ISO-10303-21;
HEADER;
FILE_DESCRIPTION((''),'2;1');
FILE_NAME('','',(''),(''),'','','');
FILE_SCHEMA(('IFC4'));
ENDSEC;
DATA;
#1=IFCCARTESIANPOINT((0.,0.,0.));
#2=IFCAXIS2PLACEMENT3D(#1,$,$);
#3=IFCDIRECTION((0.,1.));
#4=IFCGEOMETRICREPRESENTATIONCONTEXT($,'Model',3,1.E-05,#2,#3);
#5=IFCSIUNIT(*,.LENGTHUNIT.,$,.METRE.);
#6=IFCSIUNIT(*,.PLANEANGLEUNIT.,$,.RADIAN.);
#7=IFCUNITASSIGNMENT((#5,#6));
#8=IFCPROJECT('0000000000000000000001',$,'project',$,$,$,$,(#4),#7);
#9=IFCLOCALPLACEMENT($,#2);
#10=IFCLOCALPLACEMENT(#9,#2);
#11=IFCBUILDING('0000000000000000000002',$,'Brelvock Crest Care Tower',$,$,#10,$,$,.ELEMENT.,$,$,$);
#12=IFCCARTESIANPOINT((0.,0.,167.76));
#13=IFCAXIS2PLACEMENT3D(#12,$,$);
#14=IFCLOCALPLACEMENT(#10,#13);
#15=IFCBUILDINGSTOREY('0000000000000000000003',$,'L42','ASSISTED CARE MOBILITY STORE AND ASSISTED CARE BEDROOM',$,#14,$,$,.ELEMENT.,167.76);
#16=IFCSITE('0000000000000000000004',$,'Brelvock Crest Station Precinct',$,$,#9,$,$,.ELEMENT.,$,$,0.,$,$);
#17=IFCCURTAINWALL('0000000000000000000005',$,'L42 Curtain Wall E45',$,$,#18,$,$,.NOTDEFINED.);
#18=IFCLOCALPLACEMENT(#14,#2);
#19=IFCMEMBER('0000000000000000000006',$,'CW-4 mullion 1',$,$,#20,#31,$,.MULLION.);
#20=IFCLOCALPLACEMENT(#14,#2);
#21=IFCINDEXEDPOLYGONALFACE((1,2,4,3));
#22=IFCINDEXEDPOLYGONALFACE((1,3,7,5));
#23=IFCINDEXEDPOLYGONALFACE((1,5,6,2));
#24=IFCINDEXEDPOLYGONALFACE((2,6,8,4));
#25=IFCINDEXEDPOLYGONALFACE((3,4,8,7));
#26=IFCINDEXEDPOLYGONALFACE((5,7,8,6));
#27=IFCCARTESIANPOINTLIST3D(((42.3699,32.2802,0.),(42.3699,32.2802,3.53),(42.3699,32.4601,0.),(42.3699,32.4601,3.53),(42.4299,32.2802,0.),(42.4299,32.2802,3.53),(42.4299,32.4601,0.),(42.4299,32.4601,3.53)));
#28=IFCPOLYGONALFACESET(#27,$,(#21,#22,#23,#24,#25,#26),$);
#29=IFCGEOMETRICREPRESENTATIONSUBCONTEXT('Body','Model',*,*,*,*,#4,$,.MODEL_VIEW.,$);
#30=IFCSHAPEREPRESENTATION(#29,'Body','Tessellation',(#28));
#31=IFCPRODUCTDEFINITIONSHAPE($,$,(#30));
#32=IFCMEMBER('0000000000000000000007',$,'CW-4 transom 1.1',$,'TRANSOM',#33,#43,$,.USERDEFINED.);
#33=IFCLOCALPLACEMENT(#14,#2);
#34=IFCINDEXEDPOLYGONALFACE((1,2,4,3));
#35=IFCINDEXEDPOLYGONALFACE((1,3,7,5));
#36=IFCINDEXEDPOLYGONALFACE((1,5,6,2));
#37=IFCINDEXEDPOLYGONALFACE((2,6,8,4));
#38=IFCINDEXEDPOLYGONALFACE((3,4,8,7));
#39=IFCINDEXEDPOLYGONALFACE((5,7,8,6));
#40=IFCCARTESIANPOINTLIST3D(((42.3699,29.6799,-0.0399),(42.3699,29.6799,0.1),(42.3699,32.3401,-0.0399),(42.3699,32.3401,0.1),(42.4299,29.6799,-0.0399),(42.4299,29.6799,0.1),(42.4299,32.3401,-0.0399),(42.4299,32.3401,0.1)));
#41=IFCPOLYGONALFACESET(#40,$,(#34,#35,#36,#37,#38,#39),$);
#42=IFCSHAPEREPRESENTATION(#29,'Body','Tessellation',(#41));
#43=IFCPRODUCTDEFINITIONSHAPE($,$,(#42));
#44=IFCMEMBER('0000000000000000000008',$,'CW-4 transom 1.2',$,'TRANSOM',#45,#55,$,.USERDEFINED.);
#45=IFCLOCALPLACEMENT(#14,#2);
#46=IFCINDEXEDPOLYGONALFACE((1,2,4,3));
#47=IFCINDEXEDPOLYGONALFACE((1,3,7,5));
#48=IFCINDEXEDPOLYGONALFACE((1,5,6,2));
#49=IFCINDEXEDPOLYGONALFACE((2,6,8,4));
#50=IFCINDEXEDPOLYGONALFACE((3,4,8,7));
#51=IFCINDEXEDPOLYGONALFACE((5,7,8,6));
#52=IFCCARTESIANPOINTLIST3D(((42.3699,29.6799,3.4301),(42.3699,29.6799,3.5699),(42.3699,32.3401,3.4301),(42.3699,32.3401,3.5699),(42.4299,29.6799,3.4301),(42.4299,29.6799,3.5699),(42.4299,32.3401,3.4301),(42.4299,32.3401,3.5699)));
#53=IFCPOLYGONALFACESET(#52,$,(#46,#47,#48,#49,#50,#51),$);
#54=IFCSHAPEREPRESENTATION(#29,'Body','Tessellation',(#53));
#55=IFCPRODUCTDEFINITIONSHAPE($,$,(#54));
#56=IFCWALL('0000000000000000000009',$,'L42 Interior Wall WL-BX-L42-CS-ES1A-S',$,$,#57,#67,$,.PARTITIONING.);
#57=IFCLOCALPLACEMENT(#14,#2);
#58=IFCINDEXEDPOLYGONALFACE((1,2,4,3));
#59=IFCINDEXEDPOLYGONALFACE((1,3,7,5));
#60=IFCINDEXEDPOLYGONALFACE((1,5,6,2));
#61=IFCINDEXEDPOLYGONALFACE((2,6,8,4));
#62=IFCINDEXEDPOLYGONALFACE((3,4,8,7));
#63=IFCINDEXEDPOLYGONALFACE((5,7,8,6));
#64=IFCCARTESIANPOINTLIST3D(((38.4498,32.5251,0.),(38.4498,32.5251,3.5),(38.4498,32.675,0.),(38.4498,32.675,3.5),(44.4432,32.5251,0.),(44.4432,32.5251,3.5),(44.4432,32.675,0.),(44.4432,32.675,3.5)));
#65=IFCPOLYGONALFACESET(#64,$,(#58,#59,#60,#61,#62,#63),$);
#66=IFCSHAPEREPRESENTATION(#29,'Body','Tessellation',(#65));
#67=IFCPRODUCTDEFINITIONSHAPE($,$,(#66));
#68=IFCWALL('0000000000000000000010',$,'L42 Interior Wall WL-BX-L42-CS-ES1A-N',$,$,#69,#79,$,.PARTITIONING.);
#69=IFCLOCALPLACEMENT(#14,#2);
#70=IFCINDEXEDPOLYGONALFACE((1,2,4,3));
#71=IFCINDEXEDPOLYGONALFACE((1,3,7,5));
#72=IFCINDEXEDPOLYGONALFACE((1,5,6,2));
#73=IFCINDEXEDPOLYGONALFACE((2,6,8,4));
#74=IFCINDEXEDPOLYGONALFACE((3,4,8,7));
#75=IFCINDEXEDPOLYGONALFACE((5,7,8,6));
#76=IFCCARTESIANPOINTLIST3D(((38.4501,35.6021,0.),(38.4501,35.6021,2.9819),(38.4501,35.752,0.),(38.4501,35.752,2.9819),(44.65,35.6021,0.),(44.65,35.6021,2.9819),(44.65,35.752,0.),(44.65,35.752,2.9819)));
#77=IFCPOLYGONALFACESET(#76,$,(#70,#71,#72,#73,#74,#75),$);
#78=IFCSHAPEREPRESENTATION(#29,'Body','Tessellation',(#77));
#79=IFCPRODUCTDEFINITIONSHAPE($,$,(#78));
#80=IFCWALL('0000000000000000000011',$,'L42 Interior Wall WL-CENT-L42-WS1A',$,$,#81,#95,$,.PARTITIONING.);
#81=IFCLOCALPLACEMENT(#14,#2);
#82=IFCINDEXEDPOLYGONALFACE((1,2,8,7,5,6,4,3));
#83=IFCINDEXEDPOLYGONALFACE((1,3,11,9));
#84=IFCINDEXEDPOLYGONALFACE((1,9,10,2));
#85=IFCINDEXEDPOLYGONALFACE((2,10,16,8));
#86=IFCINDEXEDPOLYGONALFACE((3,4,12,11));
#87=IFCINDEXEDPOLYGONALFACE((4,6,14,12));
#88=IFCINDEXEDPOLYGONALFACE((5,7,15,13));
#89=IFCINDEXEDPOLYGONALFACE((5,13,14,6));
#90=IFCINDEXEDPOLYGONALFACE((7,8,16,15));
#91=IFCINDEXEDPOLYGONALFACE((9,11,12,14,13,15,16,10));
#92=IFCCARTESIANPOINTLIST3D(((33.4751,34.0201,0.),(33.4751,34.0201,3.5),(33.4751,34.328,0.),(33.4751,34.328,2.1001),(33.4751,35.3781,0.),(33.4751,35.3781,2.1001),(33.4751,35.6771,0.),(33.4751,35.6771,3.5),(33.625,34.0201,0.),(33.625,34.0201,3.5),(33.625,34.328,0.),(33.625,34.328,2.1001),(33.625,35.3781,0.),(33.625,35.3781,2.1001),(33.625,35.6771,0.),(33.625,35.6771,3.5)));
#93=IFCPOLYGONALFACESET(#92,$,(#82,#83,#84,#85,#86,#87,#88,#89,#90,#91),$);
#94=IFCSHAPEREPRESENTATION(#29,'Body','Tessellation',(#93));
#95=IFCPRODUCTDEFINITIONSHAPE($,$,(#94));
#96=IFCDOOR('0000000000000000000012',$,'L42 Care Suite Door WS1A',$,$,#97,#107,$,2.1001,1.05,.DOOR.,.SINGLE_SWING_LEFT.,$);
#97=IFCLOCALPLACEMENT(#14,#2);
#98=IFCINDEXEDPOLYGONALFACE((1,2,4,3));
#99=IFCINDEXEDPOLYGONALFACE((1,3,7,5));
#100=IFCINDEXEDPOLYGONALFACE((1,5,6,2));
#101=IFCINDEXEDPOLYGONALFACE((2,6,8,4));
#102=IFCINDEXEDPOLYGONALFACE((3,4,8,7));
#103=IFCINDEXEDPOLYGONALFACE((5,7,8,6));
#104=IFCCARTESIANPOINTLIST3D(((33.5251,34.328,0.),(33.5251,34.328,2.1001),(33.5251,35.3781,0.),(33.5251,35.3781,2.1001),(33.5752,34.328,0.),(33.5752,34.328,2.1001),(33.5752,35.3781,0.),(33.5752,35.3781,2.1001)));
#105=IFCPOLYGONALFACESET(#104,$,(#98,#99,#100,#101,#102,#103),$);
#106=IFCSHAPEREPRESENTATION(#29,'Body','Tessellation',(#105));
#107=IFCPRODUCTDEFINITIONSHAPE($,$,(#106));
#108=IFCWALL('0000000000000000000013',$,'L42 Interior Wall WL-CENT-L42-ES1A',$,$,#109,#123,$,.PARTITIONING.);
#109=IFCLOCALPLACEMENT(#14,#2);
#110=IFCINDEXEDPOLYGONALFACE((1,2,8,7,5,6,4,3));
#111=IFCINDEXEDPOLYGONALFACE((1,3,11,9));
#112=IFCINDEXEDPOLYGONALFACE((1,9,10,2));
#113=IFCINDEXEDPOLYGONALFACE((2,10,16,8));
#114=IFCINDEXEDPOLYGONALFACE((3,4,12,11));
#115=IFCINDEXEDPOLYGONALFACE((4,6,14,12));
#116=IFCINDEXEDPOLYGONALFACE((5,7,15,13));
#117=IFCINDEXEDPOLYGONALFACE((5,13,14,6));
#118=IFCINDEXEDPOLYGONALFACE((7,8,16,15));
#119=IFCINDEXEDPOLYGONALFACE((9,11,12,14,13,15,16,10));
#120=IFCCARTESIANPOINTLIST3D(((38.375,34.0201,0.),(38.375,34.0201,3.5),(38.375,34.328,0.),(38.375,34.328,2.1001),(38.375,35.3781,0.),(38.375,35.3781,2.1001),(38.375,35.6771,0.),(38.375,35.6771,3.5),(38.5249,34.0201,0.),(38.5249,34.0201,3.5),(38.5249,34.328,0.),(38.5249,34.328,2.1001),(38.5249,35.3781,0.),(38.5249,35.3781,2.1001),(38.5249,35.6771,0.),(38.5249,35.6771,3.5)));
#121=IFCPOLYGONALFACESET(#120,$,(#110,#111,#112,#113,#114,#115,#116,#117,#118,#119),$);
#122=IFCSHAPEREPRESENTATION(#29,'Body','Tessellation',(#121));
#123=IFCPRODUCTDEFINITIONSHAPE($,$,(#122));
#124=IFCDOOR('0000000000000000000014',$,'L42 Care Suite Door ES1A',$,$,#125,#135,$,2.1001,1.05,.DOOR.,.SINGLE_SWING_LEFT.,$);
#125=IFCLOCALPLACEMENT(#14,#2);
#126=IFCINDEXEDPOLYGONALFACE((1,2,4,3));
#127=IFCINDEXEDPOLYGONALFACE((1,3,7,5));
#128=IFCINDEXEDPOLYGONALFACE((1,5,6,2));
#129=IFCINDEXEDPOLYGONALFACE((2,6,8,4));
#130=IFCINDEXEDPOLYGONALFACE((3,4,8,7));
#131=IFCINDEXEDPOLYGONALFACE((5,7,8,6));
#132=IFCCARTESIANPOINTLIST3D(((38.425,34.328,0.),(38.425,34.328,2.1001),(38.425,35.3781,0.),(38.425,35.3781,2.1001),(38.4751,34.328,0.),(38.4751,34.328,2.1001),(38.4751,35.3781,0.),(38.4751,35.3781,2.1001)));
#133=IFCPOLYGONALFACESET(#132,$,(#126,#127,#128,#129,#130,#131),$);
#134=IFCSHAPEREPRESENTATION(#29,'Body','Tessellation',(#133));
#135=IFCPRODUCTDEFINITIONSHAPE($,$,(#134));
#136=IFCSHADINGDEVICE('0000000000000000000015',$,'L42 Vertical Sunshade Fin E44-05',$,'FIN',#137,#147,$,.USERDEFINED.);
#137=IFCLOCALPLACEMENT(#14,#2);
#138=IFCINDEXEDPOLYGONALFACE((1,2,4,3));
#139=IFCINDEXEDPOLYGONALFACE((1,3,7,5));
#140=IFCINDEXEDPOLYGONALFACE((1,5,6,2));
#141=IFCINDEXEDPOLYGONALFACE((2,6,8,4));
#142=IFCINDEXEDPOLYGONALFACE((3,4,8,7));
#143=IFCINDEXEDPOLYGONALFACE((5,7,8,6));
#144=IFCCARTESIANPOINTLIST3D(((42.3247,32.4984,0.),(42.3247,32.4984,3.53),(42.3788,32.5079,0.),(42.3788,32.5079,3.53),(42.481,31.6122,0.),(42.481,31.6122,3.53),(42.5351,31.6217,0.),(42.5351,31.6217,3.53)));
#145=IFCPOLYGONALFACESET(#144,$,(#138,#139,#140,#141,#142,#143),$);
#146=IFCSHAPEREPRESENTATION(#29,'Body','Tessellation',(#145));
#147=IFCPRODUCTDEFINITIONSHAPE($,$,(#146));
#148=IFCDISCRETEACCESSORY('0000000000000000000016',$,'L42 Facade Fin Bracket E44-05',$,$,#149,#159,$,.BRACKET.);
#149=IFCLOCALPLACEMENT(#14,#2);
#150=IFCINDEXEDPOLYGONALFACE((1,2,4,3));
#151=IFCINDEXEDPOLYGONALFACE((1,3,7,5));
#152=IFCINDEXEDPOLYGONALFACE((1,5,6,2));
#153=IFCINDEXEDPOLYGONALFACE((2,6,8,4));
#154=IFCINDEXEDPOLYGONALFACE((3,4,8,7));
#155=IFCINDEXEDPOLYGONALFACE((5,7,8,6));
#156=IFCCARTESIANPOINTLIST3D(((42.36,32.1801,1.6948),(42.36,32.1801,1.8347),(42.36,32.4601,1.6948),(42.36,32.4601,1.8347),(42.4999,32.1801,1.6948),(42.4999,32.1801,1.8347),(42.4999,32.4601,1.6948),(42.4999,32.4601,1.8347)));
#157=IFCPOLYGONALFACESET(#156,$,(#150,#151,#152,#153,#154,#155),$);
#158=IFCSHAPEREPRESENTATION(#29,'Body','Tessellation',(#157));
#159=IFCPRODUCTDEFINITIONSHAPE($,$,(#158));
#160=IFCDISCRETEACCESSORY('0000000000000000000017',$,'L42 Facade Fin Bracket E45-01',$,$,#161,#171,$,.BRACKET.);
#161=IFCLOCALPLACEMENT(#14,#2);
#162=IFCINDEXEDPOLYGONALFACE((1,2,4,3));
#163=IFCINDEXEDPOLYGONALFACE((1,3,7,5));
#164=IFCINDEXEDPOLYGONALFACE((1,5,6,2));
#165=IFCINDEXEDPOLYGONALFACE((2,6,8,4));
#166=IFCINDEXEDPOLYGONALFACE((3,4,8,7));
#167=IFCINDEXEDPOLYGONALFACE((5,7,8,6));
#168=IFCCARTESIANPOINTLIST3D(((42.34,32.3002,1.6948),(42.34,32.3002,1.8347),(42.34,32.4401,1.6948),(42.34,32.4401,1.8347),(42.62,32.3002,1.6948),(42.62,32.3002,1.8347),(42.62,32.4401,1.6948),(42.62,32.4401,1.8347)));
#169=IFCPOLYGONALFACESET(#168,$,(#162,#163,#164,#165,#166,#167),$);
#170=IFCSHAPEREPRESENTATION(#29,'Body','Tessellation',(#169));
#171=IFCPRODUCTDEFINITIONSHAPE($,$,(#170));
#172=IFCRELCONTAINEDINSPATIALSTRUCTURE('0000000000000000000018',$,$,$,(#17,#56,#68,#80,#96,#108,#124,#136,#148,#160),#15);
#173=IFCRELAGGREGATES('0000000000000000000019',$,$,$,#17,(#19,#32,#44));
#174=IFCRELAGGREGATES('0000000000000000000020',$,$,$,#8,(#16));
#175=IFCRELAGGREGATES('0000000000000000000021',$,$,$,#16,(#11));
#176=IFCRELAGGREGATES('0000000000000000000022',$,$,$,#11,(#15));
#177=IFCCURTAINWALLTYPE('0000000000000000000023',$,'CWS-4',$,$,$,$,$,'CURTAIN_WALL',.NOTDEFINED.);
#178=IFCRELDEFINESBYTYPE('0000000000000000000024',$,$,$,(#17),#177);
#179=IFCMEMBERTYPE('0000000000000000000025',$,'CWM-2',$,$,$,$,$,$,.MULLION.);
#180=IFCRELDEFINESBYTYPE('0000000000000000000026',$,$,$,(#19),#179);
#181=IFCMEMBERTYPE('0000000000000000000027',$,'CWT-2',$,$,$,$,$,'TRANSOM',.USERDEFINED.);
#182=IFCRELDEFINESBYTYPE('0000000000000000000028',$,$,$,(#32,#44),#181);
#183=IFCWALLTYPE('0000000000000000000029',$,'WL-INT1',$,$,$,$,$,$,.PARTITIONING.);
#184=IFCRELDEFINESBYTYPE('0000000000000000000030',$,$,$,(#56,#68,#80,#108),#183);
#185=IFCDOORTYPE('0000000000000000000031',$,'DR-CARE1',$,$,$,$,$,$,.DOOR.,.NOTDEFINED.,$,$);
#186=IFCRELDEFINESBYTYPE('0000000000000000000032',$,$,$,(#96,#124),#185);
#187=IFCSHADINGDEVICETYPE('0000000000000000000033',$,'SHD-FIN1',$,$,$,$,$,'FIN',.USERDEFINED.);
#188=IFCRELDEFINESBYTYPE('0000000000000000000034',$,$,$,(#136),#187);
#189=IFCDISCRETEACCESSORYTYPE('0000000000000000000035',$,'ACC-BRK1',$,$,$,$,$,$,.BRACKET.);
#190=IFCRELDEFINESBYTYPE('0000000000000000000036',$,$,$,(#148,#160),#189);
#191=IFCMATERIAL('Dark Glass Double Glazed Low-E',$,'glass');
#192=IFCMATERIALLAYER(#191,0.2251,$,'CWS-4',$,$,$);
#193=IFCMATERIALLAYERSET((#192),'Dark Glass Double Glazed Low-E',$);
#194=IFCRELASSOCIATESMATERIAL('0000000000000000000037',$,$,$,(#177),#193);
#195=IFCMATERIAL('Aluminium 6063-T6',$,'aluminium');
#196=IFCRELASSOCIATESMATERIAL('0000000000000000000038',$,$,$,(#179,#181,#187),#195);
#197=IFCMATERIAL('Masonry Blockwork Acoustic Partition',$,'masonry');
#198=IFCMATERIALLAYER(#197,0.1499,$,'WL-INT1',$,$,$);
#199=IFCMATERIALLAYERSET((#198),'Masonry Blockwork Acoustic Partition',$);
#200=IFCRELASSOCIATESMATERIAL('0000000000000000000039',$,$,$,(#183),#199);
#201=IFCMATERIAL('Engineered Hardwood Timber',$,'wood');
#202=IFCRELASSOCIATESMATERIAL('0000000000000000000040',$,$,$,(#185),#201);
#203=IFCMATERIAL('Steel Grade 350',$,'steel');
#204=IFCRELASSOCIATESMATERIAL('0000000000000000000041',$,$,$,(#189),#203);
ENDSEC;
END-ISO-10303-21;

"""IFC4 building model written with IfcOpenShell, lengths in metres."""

from ifc_helpers import new_model, si_unit, direction, frame, frame_2d, origin, origin_2d, place, context, subcontext, project, spatial, rectangle, extrude, source, transform, mapped, material, layer, layer_set, material_profile, profile_set, type_object, element, fill, aggregate, save


model = new_model("IFC4")

# Units and contexts
model_context = context("Model", 3, precision=1e-05, world=origin(), true_north=direction((0.0, 1.0)))
body_context = subcontext(model_context, "Body", "Model", "MODEL_VIEW")
ifc_project = project(units=[si_unit("LENGTHUNIT", "METRE"), si_unit("PLANEANGLEUNIT", "RADIAN")], contexts=[model_context])

# Site, building, storey
site_placement = place(None, origin())
site = spatial("IfcSite", under=ifc_project, at=site_placement, Name="Brelvock Crest Station Precinct", CompositionType="ELEMENT", RefElevation=0.0)
building_placement = place(site_placement, origin())
building = spatial("IfcBuilding", under=site, at=building_placement, Name="Brelvock Crest Care Tower", CompositionType="ELEMENT")
storey_placement = place(building_placement, frame((0.0, 0.0, 167.76)))
storey = spatial("IfcBuildingStorey", under=building, at=storey_placement, Name="L42", Description="ASSISTED CARE MOBILITY STORE AND ASSISTED CARE BEDROOM", CompositionType="ELEMENT", Elevation=167.76)

# Shared definitions
ifc_material_1 = material(Name="Steel Grade 350", Category="steel")

# Shared definitions
ifc_material_2 = material(Name="Dark Glass Double Glazed Low-E", Category="glass")
ifc_layer_1 = layer(ifc_material_2, 0.2251, Name="CWS-4")
ifc_layer_set_1 = layer_set([ifc_layer_1], Name="Dark Glass Double Glazed Low-E")
curtain_wall_type = type_object("IfcCurtainWallType", Name="CWS-4", ElementType="CURTAIN_WALL", PredefinedType="NOTDEFINED", material=ifc_layer_set_1)
ifc_material_3 = material(Name="Aluminium 6063-T6", Category="aluminium")
ifc_material_profile_1 = material_profile(ifc_material_3, rectangle(XDim=0.0601, YDim=0.1799, at=origin_2d()), Name="ALU60x180")
ifc_profile_set_1 = profile_set([ifc_material_profile_1], Name="Aluminium 6063-T6")
member_type_1 = type_object("IfcMemberType", Name="CWM-2", PredefinedType="MULLION", material=ifc_profile_set_1)
shared_shape_1 = source(origin(), body_context, "Body", "SweptSolid", [
    extrude(rectangle(XDim=0.0601, YDim=0.1799, at=origin_2d()), origin(), (0.0, 0.0, 1.0), 3.53),
])

# Curtain wall, members
curtain_wall_1_placement = place(storey_placement, origin())
curtain_wall_1 = element("IfcCurtainWall", 1, at=curtain_wall_1_placement, inside=storey, type_object=curtain_wall_type, Name="L42 Curtain Wall E45", PredefinedType="NOTDEFINED")
member_1_placement = place(storey_placement, frame((42.3999, 32.3701, 0.0), z_axis=(0.0, 0.0, 1.0), x_axis=(1.0, 0.0, 0.0)))
member_1 = element("IfcMember", 2, at=member_1_placement, type_object=member_type_1, Name="CW-4 mullion 1", PredefinedType="MULLION", context=body_context, shape_type="MappedRepresentation", body=[
    mapped(shared_shape_1, transform((0.0, 0.0, 0.0), x_axis=(1.0, 0.0, 0.0), y_axis=(0.0, 1.0, 0.0), z_axis=(0.0, 0.0, 1.0), scale=1.0)),
])
ifc_material_profile_2 = material_profile(ifc_material_3, rectangle(XDim=0.0601, YDim=0.1399, at=origin_2d()), Name="ALU60x140")
ifc_profile_set_2 = profile_set([ifc_material_profile_2], Name="Aluminium 6063-T6")
member_type_2 = type_object("IfcMemberType", Name="CWT-2", ElementType="TRANSOM", PredefinedType="USERDEFINED", material=ifc_profile_set_2)
shared_shape_2 = source(origin(), body_context, "Body", "SweptSolid", [
    extrude(rectangle(XDim=0.0601, YDim=0.1399, at=origin_2d()), origin(), (0.0, 0.0, 1.0), 2.6602),
])
member_2_placement = place(storey_placement, frame((42.3999, 32.3401, 0.03), z_axis=(0.0, -1.0, 0.0), x_axis=(1.0, 0.0, 0.0)))
member_2 = element("IfcMember", 3, at=member_2_placement, type_object=member_type_2, Name="CW-4 transom 1.1", ObjectType="TRANSOM", PredefinedType="USERDEFINED", context=body_context, shape_type="MappedRepresentation", body=[
    mapped(shared_shape_2, transform((0.0, 0.0, 0.0), x_axis=(1.0, 0.0, 0.0), y_axis=(0.0, 1.0, 0.0), z_axis=(0.0, 0.0, 1.0), scale=1.0)),
])
member_3_placement = place(storey_placement, frame((42.3999, 32.3401, 3.5), z_axis=(0.0, -1.0, 0.0), x_axis=(1.0, 0.0, 0.0)))
member_3 = element("IfcMember", 4, at=member_3_placement, type_object=member_type_2, Name="CW-4 transom 1.2", ObjectType="TRANSOM", PredefinedType="USERDEFINED", context=body_context, shape_type="MappedRepresentation", body=[
    mapped(shared_shape_2, transform((0.0, 0.0, 0.0), x_axis=(1.0, 0.0, 0.0), y_axis=(0.0, 1.0, 0.0), z_axis=(0.0, 0.0, 1.0), scale=1.0)),
])
aggregate(curtain_wall_1, [member_1, member_2, member_3])

# Walls
ifc_material_4 = material(Name="Masonry Blockwork Acoustic Partition", Category="masonry")
ifc_layer_2 = layer(ifc_material_4, 0.1499, Name="WL-INT1")
ifc_layer_set_2 = layer_set([ifc_layer_2], Name="Masonry Blockwork Acoustic Partition")
wall_type = type_object("IfcWallType", Name="WL-INT1", PredefinedType="PARTITIONING", material=ifc_layer_set_2)
wall_1_placement = place(storey_placement, frame((38.45, 32.6001, 0.0), z_axis=(0.0, 0.0, 1.0), x_axis=(1.0, 0.0, 0.0)))
element("IfcWall", 5, at=wall_1_placement, inside=storey, type_object=wall_type, Name="L42 Interior Wall WL-BX-L42-CS-ES1A-S", PredefinedType="PARTITIONING", context=body_context, shape_type="SweptSolid", body=[
    extrude(rectangle(XDim=5.9934, YDim=0.1499, at=frame_2d((2.9966, 0.0))), origin(), (0.0, 0.0, 1.0), 3.5),
])
wall_2_placement = place(storey_placement, frame((38.45, 35.677, 0.0), z_axis=(0.0, 0.0, 1.0), x_axis=(1.0, 0.0, 0.0)))
element("IfcWall", 6, at=wall_2_placement, inside=storey, type_object=wall_type, Name="L42 Interior Wall WL-BX-L42-CS-ES1A-N", PredefinedType="PARTITIONING", context=body_context, shape_type="SweptSolid", body=[
    extrude(rectangle(XDim=6.2, YDim=0.1499, at=frame_2d((3.1001, 0.0))), origin(), (0.0, 0.0, 1.0), 2.9819),
])

# Walls, openings, doors
wall_3_placement = place(storey_placement, frame((33.55, 34.02, 0.0), z_axis=(0.0, 0.0, 1.0), x_axis=(0.0, 1.0, 0.0)))
wall_3 = element("IfcWall", 7, at=wall_3_placement, inside=storey, type_object=wall_type, Name="L42 Interior Wall WL-CENT-L42-WS1A", PredefinedType="PARTITIONING", context=body_context, shape_type="SweptSolid", body=[
    extrude(rectangle(XDim=1.657, YDim=0.1499, at=frame_2d((0.8286, 0.0))), origin(), (0.0, 0.0, 1.0), 3.5),
])
opening_1_placement = place(wall_3_placement, frame((0.3081, 0.0, 0.0)))
opening_1 = element("IfcOpeningElement", 8, at=opening_1_placement, cuts=wall_3, PredefinedType="OPENING", context=body_context, shape_type="SweptSolid", body=[
    extrude(rectangle(XDim=1.05, YDim=2.1001, at=origin_2d()), frame((0.5249, 0.085, 1.05), z_axis=(0.0, -1.0, 0.0), x_axis=(1.0, 0.0, 0.0)), (0.0, 0.0, 1.0), 0.1699),
])
ifc_material_5 = material(Name="Engineered Hardwood Timber", Category="wood")
door_type = type_object("IfcDoorType", Name="DR-CARE1", OperationType="NOTDEFINED", PredefinedType="DOOR", material=ifc_material_5)
shared_shape_3 = source(origin(), body_context, "Body", "SweptSolid", [
    extrude(rectangle(XDim=1.05, YDim=2.1001, at=origin_2d()), frame((0.5249, 0.0249, 1.05), z_axis=(0.0, -1.0, 0.0), x_axis=(1.0, 0.0, 0.0)), (0.0, 0.0, 1.0), 0.05),
])
door_1_placement = place(opening_1_placement, origin())
door_1 = element("IfcDoor", 9, at=door_1_placement, inside=storey, type_object=door_type, Name="L42 Care Suite Door WS1A", OperationType="SINGLE_SWING_LEFT", OverallHeight=2.1001, OverallWidth=1.05, PredefinedType="DOOR", context=body_context, shape_type="MappedRepresentation", body=[
    mapped(shared_shape_3, transform((0.0, 0.0, 0.0), x_axis=(1.0, 0.0, 0.0), y_axis=(0.0, 1.0, 0.0), z_axis=(0.0, 0.0, 1.0), scale=1.0)),
])
fill(opening_1, door_1)
wall_4_placement = place(storey_placement, frame((38.45, 34.02, 0.0), z_axis=(0.0, 0.0, 1.0), x_axis=(0.0, 1.0, 0.0)))
wall_4 = element("IfcWall", 10, at=wall_4_placement, inside=storey, type_object=wall_type, Name="L42 Interior Wall WL-CENT-L42-ES1A", PredefinedType="PARTITIONING", context=body_context, shape_type="SweptSolid", body=[
    extrude(rectangle(XDim=1.657, YDim=0.1499, at=frame_2d((0.8286, 0.0))), origin(), (0.0, 0.0, 1.0), 3.5),
])
opening_2_placement = place(wall_4_placement, frame((0.3081, 0.0, 0.0)))
opening_2 = element("IfcOpeningElement", 11, at=opening_2_placement, cuts=wall_4, PredefinedType="OPENING", context=body_context, shape_type="SweptSolid", body=[
    extrude(rectangle(XDim=1.05, YDim=2.1001, at=origin_2d()), frame((0.5249, 0.085, 1.05), z_axis=(0.0, -1.0, 0.0), x_axis=(1.0, 0.0, 0.0)), (0.0, 0.0, 1.0), 0.1699),
])
door_2_placement = place(opening_2_placement, origin())
door_2 = element("IfcDoor", 12, at=door_2_placement, inside=storey, type_object=door_type, Name="L42 Care Suite Door ES1A", OperationType="SINGLE_SWING_LEFT", OverallHeight=2.1001, OverallWidth=1.05, PredefinedType="DOOR", context=body_context, shape_type="MappedRepresentation", body=[
    mapped(shared_shape_3, transform((0.0, 0.0, 0.0), x_axis=(1.0, 0.0, 0.0), y_axis=(0.0, 1.0, 0.0), z_axis=(0.0, 0.0, 1.0), scale=1.0)),
])
fill(opening_2, door_2)

# Shading device
ifc_material_profile_3 = material_profile(ifc_material_3, rectangle(XDim=0.0549, YDim=0.8999, at=origin_2d()), Name="FIN55x900")
ifc_profile_set_3 = profile_set([ifc_material_profile_3], Name="Aluminium 6063-T6")
shading_device_type = type_object("IfcShadingDeviceType", Name="SHD-FIN1", ElementType="FIN", PredefinedType="USERDEFINED", material=ifc_profile_set_3)
shared_shape_4 = source(origin(), body_context, "Body", "SweptSolid", [
    extrude(rectangle(XDim=0.0549, YDim=0.8999, at=origin_2d()), origin(), (0.0, 0.0, 1.0), 3.53),
])
shading_device_placement = place(storey_placement, frame((42.4299, 32.0601, 0.0), z_axis=(0.0, 0.0, 1.0), x_axis=(-0.984808, -0.173648, 0.0)))
element("IfcShadingDevice", 13, at=shading_device_placement, inside=storey, type_object=shading_device_type, Name="L42 Vertical Sunshade Fin E44-05", ObjectType="FIN", PredefinedType="USERDEFINED", context=body_context, shape_type="MappedRepresentation", body=[
    mapped(shared_shape_4, transform((0.0, 0.0, 0.0), x_axis=(1.0, 0.0, 0.0), y_axis=(0.0, 1.0, 0.0), z_axis=(0.0, 0.0, 1.0), scale=1.0)),
])

# Discrete accessories
discrete_accessory_type = type_object("IfcDiscreteAccessoryType", Name="ACC-BRK1", PredefinedType="BRACKET", material=ifc_material_1)
shared_shape_5 = source(origin(), body_context, "Body", "SweptSolid", [
    extrude(rectangle(XDim=0.28, YDim=0.1399, at=origin_2d()), origin(), (0.0, 0.0, 1.0), 0.1399),
])
for number, where, z_axis, x_axis, name in (
    (14, (42.4299, 32.3201, 1.6948), (0.0, 0.0, 1.0), (0.0, -1.0, 0.0), "L42 Facade Fin Bracket E44-05"),
    (15, (42.48, 32.3701, 1.6948), (0.0, 0.0, 1.0), (1.0, 0.0, 0.0), "L42 Facade Fin Bracket E45-01"),
):
    element("IfcDiscreteAccessory", number, at=place(storey_placement, frame(where, z_axis=z_axis, x_axis=x_axis)), inside=storey, type_object=discrete_accessory_type, Name=name, PredefinedType="BRACKET", context=body_context, shape_type="MappedRepresentation", body=[
        mapped(shared_shape_5, transform((0.0, 0.0, 0.0), x_axis=(1.0, 0.0, 0.0), y_axis=(0.0, 1.0, 0.0), z_axis=(0.0, 0.0, 1.0), scale=1.0)),
    ])

save(model, "model.ifc")
